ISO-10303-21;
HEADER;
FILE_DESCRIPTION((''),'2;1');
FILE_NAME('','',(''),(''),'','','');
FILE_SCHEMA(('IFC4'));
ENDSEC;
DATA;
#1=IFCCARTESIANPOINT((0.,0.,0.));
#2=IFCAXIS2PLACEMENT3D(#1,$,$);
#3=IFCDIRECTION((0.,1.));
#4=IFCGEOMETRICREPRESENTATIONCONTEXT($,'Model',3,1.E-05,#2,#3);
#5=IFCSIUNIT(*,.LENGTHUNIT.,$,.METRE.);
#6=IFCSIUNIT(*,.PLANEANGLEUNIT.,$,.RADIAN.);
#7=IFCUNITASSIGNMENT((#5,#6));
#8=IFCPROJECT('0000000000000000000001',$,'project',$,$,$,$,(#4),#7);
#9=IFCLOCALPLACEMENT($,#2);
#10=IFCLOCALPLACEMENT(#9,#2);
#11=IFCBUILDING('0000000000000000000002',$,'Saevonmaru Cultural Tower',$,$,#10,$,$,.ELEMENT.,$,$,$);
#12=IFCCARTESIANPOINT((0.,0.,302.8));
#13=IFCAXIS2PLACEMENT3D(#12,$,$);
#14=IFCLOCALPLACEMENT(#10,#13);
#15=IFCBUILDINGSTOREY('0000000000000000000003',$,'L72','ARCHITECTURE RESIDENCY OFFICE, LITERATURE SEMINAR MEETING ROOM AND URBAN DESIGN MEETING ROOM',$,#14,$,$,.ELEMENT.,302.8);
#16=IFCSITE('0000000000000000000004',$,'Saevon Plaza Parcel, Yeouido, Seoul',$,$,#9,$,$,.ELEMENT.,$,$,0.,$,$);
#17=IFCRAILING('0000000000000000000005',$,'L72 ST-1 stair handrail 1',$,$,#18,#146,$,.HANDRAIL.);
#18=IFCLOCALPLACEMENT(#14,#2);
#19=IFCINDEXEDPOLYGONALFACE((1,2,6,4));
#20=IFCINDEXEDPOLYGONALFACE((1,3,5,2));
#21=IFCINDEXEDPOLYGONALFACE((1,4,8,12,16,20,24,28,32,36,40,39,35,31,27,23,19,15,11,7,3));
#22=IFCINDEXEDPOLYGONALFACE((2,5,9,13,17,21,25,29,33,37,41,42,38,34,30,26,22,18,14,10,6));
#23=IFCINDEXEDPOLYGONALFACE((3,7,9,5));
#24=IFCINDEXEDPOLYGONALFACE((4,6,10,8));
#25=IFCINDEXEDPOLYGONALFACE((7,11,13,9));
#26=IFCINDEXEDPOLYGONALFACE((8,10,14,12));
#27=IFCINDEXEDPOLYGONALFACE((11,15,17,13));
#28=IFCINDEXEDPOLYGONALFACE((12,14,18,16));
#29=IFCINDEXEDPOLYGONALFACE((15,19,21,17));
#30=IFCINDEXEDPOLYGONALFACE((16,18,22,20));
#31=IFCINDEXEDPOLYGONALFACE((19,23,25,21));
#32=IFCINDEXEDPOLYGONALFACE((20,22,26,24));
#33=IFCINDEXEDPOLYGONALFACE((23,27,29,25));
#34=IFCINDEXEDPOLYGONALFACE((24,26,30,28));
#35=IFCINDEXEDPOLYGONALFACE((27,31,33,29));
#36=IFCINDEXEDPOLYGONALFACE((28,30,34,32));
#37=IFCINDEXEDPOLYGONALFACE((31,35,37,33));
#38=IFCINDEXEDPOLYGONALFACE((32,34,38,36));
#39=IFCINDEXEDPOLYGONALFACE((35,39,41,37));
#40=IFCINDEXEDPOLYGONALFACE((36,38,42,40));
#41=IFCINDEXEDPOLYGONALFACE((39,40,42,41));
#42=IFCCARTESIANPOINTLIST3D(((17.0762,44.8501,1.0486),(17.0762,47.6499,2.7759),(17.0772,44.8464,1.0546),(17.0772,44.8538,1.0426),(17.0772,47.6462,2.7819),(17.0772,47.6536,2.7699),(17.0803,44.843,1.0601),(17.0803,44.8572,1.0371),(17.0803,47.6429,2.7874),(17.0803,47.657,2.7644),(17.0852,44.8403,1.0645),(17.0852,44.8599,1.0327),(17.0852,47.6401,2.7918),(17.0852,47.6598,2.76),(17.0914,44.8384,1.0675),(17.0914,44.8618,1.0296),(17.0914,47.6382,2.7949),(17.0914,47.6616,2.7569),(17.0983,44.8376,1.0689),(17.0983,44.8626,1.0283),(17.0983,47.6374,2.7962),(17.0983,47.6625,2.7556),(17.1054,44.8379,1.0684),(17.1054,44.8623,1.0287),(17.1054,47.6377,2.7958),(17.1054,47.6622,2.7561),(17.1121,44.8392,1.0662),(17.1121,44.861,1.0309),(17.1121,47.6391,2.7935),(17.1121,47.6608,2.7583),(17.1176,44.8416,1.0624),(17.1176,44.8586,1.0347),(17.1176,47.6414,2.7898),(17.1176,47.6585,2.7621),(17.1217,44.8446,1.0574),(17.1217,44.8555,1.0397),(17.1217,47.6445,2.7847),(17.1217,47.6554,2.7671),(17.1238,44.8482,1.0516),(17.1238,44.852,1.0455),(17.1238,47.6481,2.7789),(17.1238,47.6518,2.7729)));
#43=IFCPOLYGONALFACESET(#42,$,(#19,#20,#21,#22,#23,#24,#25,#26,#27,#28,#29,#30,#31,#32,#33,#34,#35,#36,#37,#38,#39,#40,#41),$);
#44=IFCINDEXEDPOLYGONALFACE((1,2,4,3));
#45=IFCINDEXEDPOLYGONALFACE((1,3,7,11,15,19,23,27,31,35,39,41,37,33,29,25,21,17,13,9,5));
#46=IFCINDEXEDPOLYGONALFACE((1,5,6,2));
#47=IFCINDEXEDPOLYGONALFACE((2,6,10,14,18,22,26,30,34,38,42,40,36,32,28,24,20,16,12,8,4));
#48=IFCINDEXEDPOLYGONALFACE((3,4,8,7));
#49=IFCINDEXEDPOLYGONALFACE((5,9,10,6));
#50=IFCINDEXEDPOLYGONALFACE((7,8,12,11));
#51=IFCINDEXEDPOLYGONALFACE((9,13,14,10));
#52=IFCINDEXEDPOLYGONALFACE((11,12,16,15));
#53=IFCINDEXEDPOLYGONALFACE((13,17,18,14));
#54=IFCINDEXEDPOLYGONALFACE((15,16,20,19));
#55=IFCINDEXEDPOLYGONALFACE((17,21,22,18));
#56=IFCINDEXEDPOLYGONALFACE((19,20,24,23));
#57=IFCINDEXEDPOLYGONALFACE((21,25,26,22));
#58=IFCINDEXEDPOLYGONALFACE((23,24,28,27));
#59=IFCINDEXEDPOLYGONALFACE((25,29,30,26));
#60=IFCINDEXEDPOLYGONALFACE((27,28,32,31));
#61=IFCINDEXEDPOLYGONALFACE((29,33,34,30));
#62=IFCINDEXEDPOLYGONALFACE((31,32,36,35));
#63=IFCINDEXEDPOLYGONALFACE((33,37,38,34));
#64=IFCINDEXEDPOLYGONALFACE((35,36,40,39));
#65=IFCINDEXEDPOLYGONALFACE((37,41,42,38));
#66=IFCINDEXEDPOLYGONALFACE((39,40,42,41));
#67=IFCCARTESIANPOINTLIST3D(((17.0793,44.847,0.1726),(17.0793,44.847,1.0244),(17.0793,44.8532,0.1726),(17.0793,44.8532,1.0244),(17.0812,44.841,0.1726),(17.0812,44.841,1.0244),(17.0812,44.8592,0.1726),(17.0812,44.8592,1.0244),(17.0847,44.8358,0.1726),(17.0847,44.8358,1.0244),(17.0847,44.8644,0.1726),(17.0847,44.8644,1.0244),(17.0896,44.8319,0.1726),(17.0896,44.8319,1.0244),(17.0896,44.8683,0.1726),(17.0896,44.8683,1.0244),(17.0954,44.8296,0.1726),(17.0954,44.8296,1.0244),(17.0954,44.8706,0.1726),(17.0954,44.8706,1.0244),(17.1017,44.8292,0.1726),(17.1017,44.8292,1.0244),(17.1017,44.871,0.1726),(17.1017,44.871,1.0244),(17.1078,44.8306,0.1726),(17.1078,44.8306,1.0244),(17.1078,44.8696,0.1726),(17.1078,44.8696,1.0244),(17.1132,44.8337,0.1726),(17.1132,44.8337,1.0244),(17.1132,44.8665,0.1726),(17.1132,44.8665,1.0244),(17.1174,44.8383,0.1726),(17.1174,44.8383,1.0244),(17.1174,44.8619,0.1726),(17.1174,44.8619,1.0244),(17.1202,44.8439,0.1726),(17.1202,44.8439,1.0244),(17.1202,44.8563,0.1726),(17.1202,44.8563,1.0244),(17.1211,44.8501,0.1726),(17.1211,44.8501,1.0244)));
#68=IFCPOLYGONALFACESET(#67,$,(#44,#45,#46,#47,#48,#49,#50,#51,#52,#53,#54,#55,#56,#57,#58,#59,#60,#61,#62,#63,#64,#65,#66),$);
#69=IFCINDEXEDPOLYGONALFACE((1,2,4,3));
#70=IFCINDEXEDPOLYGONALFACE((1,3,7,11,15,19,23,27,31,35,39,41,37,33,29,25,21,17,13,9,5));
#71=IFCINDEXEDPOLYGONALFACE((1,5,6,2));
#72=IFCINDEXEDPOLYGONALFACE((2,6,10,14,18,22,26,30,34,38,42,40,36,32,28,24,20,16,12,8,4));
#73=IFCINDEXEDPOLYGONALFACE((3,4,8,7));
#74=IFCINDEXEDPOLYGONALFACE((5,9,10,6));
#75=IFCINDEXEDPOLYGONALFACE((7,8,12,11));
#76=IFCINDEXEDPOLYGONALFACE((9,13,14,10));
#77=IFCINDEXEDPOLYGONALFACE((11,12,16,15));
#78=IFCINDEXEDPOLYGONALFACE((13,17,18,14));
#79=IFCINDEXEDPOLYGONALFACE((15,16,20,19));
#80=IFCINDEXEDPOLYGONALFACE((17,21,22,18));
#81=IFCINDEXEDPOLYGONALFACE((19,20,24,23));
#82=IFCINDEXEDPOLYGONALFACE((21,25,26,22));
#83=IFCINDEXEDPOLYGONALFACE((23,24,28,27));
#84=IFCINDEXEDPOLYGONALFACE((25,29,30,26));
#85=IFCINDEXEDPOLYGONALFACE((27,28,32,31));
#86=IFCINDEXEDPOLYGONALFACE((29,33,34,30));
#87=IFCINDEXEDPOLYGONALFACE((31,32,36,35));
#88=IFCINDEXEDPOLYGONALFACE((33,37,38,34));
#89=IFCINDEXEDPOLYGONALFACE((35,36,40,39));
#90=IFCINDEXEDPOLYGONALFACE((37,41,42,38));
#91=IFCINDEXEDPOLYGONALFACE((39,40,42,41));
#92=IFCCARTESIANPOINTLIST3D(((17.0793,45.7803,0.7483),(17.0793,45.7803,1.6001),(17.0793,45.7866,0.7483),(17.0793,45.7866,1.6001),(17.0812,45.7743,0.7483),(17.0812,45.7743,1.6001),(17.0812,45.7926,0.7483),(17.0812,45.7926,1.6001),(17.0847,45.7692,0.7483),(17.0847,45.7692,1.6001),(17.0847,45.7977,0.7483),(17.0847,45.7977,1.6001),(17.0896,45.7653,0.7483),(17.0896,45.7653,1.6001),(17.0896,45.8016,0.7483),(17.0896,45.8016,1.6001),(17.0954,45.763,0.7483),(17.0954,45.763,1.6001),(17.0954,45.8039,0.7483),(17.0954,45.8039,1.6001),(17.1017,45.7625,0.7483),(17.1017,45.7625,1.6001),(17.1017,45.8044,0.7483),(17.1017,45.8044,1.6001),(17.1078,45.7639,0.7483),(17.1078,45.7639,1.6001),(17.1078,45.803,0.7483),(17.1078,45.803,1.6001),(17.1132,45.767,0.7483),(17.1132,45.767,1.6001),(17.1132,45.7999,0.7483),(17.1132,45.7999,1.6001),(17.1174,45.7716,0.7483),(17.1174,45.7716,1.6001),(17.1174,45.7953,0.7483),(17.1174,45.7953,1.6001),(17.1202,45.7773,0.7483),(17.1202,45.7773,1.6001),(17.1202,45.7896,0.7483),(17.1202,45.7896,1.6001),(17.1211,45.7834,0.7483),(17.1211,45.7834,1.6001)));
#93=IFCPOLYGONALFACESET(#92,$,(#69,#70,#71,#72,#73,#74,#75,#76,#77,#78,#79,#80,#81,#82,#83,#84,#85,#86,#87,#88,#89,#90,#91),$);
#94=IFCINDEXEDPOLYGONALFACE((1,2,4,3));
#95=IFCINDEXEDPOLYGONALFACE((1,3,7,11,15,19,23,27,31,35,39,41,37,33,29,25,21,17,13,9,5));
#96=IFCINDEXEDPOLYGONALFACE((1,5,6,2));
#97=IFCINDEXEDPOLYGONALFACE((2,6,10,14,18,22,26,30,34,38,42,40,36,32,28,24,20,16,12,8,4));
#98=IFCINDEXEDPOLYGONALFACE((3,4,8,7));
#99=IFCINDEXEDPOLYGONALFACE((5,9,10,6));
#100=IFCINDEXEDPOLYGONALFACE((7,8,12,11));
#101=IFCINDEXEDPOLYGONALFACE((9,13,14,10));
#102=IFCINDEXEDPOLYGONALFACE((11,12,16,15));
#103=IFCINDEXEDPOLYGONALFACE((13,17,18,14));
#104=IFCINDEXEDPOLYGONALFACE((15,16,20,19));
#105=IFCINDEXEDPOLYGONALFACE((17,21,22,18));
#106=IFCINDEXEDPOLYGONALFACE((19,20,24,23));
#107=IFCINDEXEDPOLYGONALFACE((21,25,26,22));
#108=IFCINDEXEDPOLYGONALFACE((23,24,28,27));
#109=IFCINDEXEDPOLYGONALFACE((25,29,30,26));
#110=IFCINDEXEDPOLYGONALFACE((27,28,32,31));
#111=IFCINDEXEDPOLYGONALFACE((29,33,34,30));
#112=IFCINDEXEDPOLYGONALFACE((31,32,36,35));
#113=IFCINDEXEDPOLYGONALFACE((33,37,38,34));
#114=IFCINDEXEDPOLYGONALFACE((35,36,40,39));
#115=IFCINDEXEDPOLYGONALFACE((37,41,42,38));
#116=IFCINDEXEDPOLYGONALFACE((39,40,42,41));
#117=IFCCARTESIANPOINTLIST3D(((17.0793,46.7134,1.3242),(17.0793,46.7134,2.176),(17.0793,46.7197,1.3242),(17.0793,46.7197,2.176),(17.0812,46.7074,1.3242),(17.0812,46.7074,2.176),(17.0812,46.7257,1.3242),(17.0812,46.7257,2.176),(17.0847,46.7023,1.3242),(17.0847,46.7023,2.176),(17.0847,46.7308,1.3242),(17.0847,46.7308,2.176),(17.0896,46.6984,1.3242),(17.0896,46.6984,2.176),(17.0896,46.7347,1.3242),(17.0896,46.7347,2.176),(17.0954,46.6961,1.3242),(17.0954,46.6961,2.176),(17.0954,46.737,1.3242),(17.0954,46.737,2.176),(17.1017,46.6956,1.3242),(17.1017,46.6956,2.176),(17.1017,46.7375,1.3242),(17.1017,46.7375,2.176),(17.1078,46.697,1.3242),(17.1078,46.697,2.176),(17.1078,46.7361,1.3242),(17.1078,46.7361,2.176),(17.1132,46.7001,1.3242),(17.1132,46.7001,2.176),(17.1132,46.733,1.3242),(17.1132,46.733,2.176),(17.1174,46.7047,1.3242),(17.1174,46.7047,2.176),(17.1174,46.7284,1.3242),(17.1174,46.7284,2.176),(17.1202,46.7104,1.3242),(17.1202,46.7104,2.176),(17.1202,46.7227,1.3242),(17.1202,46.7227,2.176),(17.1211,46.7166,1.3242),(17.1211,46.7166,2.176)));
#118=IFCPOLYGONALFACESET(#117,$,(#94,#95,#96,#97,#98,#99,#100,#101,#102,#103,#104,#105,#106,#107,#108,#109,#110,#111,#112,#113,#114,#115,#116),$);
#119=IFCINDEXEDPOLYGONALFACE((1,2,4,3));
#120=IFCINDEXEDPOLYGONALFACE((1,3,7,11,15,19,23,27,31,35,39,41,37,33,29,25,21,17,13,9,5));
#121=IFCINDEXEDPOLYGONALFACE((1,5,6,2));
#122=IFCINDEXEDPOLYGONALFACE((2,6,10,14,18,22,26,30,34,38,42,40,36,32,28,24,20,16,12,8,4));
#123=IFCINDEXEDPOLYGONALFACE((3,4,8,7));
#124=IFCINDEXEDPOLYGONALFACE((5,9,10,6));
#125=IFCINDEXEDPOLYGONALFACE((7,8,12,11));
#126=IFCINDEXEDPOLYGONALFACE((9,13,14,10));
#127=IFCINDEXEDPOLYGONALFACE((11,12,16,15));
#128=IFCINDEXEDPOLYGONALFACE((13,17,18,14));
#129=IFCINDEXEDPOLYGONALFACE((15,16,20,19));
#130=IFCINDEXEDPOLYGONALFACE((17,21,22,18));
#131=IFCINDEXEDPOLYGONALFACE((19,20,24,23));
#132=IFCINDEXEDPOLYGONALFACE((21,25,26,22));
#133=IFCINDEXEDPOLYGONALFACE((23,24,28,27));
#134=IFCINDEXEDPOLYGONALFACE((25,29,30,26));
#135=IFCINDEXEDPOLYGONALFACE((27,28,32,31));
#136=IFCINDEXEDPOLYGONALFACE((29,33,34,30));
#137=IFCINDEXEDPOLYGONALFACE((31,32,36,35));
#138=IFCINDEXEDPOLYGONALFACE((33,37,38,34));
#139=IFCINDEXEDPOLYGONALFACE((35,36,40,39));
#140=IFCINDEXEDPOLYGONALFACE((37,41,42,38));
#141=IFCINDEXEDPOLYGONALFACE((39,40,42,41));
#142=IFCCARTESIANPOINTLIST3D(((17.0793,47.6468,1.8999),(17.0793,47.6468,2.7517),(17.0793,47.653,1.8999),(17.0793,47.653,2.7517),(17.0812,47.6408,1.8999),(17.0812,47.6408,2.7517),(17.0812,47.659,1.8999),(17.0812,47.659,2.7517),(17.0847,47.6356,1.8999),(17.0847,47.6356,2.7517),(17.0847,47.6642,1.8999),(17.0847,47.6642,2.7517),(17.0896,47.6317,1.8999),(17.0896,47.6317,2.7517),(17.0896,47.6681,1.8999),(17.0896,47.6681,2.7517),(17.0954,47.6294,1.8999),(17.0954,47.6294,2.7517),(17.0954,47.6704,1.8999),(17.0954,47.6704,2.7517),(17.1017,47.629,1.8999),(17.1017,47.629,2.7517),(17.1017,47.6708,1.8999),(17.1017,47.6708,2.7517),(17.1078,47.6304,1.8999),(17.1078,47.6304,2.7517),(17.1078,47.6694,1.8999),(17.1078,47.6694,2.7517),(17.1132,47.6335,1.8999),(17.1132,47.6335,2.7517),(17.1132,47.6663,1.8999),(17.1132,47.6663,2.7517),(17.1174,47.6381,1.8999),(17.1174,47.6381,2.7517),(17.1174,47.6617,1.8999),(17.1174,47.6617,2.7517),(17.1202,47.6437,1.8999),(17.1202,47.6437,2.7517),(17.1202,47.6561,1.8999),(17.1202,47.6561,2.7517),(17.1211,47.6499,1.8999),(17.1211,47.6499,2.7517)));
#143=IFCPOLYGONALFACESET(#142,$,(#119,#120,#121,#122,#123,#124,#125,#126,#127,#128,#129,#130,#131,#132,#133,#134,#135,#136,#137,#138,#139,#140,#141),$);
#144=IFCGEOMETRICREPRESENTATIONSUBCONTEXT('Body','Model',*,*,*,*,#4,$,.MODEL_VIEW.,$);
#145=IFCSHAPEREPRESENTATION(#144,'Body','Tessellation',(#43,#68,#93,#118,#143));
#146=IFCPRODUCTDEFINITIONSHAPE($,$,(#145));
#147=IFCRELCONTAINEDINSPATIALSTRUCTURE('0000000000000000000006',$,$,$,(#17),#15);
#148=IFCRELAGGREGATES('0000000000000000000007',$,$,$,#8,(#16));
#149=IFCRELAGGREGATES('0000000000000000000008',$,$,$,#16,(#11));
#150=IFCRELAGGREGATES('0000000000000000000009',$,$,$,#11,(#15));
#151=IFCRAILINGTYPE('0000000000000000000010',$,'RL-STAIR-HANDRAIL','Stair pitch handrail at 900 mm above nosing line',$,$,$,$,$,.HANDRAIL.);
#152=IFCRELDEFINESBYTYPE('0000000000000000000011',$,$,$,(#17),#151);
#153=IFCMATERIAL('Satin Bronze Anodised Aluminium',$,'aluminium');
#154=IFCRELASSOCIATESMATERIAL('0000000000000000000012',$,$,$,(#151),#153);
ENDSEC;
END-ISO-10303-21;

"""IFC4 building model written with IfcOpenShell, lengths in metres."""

from ifc_helpers import new_model, si_unit, direction, frame, origin, origin_2d, place, context, subcontext, project, spatial, circle, extrude, material, type_object, element, save


model = new_model("IFC4")

# Units and contexts
model_context = context("Model", 3, precision=1e-05, world=origin(), true_north=direction((0.0, 1.0)))
body_context = subcontext(model_context, "Body", "Model", "MODEL_VIEW")
ifc_project = project(units=[si_unit("LENGTHUNIT", "METRE"), si_unit("PLANEANGLEUNIT", "RADIAN")], contexts=[model_context])

# Site, building, storey
site_placement = place(None, origin())
site = spatial("IfcSite", under=ifc_project, at=site_placement, Name="Saevon Plaza Parcel, Yeouido, Seoul", CompositionType="ELEMENT", RefElevation=0.0)
building_placement = place(site_placement, origin())
building = spatial("IfcBuilding", under=site, at=building_placement, Name="Saevonmaru Cultural Tower", CompositionType="ELEMENT")
storey_placement = place(building_placement, frame((0.0, 0.0, 302.8)))
storey = spatial("IfcBuildingStorey", under=building, at=storey_placement, Name="L72", Description="ARCHITECTURE RESIDENCY OFFICE, LITERATURE SEMINAR MEETING ROOM AND URBAN DESIGN MEETING ROOM", CompositionType="ELEMENT", Elevation=302.8)

# Shared definitions
ifc_material_1 = material(Name="Satin Bronze Anodised Aluminium", Category="aluminium")

# Railing
railing_type_1 = type_object("IfcRailingType", Name="RL-STAIR-HANDRAIL", Description="Stair pitch handrail at 900 mm above nosing line", PredefinedType="HANDRAIL", material=ifc_material_1)
railing_1_placement = place(storey_placement, frame((17.1001, 44.8501, 0.1726)))
element("IfcRailing", 1, at=railing_1_placement, inside=storey, type_object=railing_type_1, Name="L72 ST-1 stair handrail 1", PredefinedType="HANDRAIL", context=body_context, shape_type="SweptSolid", body=[
    extrude(circle(Radius=0.0239, at=origin_2d()), frame((0.0, 0.0, 0.876), z_axis=(0.0, 0.851069, 0.525054), x_axis=(-1.0, 0.0, 0.0)), (0.0, 0.0, 1.0), 3.2898),
    extrude(circle(Radius=0.021, at=origin_2d()), origin(), (0.0, 0.0, 1.0), 0.8518),
    extrude(circle(Radius=0.021, at=origin_2d()), frame((0.0, 0.9333, 0.5757)), (0.0, 0.0, 1.0), 0.8518),
    extrude(circle(Radius=0.021, at=origin_2d()), frame((0.0, 1.8665, 1.1516)), (0.0, 0.0, 1.0), 0.8518),
    extrude(circle(Radius=0.021, at=origin_2d()), frame((0.0, 2.7998, 1.7273)), (0.0, 0.0, 1.0), 0.8518),
])

save(model, "model.ifc")
